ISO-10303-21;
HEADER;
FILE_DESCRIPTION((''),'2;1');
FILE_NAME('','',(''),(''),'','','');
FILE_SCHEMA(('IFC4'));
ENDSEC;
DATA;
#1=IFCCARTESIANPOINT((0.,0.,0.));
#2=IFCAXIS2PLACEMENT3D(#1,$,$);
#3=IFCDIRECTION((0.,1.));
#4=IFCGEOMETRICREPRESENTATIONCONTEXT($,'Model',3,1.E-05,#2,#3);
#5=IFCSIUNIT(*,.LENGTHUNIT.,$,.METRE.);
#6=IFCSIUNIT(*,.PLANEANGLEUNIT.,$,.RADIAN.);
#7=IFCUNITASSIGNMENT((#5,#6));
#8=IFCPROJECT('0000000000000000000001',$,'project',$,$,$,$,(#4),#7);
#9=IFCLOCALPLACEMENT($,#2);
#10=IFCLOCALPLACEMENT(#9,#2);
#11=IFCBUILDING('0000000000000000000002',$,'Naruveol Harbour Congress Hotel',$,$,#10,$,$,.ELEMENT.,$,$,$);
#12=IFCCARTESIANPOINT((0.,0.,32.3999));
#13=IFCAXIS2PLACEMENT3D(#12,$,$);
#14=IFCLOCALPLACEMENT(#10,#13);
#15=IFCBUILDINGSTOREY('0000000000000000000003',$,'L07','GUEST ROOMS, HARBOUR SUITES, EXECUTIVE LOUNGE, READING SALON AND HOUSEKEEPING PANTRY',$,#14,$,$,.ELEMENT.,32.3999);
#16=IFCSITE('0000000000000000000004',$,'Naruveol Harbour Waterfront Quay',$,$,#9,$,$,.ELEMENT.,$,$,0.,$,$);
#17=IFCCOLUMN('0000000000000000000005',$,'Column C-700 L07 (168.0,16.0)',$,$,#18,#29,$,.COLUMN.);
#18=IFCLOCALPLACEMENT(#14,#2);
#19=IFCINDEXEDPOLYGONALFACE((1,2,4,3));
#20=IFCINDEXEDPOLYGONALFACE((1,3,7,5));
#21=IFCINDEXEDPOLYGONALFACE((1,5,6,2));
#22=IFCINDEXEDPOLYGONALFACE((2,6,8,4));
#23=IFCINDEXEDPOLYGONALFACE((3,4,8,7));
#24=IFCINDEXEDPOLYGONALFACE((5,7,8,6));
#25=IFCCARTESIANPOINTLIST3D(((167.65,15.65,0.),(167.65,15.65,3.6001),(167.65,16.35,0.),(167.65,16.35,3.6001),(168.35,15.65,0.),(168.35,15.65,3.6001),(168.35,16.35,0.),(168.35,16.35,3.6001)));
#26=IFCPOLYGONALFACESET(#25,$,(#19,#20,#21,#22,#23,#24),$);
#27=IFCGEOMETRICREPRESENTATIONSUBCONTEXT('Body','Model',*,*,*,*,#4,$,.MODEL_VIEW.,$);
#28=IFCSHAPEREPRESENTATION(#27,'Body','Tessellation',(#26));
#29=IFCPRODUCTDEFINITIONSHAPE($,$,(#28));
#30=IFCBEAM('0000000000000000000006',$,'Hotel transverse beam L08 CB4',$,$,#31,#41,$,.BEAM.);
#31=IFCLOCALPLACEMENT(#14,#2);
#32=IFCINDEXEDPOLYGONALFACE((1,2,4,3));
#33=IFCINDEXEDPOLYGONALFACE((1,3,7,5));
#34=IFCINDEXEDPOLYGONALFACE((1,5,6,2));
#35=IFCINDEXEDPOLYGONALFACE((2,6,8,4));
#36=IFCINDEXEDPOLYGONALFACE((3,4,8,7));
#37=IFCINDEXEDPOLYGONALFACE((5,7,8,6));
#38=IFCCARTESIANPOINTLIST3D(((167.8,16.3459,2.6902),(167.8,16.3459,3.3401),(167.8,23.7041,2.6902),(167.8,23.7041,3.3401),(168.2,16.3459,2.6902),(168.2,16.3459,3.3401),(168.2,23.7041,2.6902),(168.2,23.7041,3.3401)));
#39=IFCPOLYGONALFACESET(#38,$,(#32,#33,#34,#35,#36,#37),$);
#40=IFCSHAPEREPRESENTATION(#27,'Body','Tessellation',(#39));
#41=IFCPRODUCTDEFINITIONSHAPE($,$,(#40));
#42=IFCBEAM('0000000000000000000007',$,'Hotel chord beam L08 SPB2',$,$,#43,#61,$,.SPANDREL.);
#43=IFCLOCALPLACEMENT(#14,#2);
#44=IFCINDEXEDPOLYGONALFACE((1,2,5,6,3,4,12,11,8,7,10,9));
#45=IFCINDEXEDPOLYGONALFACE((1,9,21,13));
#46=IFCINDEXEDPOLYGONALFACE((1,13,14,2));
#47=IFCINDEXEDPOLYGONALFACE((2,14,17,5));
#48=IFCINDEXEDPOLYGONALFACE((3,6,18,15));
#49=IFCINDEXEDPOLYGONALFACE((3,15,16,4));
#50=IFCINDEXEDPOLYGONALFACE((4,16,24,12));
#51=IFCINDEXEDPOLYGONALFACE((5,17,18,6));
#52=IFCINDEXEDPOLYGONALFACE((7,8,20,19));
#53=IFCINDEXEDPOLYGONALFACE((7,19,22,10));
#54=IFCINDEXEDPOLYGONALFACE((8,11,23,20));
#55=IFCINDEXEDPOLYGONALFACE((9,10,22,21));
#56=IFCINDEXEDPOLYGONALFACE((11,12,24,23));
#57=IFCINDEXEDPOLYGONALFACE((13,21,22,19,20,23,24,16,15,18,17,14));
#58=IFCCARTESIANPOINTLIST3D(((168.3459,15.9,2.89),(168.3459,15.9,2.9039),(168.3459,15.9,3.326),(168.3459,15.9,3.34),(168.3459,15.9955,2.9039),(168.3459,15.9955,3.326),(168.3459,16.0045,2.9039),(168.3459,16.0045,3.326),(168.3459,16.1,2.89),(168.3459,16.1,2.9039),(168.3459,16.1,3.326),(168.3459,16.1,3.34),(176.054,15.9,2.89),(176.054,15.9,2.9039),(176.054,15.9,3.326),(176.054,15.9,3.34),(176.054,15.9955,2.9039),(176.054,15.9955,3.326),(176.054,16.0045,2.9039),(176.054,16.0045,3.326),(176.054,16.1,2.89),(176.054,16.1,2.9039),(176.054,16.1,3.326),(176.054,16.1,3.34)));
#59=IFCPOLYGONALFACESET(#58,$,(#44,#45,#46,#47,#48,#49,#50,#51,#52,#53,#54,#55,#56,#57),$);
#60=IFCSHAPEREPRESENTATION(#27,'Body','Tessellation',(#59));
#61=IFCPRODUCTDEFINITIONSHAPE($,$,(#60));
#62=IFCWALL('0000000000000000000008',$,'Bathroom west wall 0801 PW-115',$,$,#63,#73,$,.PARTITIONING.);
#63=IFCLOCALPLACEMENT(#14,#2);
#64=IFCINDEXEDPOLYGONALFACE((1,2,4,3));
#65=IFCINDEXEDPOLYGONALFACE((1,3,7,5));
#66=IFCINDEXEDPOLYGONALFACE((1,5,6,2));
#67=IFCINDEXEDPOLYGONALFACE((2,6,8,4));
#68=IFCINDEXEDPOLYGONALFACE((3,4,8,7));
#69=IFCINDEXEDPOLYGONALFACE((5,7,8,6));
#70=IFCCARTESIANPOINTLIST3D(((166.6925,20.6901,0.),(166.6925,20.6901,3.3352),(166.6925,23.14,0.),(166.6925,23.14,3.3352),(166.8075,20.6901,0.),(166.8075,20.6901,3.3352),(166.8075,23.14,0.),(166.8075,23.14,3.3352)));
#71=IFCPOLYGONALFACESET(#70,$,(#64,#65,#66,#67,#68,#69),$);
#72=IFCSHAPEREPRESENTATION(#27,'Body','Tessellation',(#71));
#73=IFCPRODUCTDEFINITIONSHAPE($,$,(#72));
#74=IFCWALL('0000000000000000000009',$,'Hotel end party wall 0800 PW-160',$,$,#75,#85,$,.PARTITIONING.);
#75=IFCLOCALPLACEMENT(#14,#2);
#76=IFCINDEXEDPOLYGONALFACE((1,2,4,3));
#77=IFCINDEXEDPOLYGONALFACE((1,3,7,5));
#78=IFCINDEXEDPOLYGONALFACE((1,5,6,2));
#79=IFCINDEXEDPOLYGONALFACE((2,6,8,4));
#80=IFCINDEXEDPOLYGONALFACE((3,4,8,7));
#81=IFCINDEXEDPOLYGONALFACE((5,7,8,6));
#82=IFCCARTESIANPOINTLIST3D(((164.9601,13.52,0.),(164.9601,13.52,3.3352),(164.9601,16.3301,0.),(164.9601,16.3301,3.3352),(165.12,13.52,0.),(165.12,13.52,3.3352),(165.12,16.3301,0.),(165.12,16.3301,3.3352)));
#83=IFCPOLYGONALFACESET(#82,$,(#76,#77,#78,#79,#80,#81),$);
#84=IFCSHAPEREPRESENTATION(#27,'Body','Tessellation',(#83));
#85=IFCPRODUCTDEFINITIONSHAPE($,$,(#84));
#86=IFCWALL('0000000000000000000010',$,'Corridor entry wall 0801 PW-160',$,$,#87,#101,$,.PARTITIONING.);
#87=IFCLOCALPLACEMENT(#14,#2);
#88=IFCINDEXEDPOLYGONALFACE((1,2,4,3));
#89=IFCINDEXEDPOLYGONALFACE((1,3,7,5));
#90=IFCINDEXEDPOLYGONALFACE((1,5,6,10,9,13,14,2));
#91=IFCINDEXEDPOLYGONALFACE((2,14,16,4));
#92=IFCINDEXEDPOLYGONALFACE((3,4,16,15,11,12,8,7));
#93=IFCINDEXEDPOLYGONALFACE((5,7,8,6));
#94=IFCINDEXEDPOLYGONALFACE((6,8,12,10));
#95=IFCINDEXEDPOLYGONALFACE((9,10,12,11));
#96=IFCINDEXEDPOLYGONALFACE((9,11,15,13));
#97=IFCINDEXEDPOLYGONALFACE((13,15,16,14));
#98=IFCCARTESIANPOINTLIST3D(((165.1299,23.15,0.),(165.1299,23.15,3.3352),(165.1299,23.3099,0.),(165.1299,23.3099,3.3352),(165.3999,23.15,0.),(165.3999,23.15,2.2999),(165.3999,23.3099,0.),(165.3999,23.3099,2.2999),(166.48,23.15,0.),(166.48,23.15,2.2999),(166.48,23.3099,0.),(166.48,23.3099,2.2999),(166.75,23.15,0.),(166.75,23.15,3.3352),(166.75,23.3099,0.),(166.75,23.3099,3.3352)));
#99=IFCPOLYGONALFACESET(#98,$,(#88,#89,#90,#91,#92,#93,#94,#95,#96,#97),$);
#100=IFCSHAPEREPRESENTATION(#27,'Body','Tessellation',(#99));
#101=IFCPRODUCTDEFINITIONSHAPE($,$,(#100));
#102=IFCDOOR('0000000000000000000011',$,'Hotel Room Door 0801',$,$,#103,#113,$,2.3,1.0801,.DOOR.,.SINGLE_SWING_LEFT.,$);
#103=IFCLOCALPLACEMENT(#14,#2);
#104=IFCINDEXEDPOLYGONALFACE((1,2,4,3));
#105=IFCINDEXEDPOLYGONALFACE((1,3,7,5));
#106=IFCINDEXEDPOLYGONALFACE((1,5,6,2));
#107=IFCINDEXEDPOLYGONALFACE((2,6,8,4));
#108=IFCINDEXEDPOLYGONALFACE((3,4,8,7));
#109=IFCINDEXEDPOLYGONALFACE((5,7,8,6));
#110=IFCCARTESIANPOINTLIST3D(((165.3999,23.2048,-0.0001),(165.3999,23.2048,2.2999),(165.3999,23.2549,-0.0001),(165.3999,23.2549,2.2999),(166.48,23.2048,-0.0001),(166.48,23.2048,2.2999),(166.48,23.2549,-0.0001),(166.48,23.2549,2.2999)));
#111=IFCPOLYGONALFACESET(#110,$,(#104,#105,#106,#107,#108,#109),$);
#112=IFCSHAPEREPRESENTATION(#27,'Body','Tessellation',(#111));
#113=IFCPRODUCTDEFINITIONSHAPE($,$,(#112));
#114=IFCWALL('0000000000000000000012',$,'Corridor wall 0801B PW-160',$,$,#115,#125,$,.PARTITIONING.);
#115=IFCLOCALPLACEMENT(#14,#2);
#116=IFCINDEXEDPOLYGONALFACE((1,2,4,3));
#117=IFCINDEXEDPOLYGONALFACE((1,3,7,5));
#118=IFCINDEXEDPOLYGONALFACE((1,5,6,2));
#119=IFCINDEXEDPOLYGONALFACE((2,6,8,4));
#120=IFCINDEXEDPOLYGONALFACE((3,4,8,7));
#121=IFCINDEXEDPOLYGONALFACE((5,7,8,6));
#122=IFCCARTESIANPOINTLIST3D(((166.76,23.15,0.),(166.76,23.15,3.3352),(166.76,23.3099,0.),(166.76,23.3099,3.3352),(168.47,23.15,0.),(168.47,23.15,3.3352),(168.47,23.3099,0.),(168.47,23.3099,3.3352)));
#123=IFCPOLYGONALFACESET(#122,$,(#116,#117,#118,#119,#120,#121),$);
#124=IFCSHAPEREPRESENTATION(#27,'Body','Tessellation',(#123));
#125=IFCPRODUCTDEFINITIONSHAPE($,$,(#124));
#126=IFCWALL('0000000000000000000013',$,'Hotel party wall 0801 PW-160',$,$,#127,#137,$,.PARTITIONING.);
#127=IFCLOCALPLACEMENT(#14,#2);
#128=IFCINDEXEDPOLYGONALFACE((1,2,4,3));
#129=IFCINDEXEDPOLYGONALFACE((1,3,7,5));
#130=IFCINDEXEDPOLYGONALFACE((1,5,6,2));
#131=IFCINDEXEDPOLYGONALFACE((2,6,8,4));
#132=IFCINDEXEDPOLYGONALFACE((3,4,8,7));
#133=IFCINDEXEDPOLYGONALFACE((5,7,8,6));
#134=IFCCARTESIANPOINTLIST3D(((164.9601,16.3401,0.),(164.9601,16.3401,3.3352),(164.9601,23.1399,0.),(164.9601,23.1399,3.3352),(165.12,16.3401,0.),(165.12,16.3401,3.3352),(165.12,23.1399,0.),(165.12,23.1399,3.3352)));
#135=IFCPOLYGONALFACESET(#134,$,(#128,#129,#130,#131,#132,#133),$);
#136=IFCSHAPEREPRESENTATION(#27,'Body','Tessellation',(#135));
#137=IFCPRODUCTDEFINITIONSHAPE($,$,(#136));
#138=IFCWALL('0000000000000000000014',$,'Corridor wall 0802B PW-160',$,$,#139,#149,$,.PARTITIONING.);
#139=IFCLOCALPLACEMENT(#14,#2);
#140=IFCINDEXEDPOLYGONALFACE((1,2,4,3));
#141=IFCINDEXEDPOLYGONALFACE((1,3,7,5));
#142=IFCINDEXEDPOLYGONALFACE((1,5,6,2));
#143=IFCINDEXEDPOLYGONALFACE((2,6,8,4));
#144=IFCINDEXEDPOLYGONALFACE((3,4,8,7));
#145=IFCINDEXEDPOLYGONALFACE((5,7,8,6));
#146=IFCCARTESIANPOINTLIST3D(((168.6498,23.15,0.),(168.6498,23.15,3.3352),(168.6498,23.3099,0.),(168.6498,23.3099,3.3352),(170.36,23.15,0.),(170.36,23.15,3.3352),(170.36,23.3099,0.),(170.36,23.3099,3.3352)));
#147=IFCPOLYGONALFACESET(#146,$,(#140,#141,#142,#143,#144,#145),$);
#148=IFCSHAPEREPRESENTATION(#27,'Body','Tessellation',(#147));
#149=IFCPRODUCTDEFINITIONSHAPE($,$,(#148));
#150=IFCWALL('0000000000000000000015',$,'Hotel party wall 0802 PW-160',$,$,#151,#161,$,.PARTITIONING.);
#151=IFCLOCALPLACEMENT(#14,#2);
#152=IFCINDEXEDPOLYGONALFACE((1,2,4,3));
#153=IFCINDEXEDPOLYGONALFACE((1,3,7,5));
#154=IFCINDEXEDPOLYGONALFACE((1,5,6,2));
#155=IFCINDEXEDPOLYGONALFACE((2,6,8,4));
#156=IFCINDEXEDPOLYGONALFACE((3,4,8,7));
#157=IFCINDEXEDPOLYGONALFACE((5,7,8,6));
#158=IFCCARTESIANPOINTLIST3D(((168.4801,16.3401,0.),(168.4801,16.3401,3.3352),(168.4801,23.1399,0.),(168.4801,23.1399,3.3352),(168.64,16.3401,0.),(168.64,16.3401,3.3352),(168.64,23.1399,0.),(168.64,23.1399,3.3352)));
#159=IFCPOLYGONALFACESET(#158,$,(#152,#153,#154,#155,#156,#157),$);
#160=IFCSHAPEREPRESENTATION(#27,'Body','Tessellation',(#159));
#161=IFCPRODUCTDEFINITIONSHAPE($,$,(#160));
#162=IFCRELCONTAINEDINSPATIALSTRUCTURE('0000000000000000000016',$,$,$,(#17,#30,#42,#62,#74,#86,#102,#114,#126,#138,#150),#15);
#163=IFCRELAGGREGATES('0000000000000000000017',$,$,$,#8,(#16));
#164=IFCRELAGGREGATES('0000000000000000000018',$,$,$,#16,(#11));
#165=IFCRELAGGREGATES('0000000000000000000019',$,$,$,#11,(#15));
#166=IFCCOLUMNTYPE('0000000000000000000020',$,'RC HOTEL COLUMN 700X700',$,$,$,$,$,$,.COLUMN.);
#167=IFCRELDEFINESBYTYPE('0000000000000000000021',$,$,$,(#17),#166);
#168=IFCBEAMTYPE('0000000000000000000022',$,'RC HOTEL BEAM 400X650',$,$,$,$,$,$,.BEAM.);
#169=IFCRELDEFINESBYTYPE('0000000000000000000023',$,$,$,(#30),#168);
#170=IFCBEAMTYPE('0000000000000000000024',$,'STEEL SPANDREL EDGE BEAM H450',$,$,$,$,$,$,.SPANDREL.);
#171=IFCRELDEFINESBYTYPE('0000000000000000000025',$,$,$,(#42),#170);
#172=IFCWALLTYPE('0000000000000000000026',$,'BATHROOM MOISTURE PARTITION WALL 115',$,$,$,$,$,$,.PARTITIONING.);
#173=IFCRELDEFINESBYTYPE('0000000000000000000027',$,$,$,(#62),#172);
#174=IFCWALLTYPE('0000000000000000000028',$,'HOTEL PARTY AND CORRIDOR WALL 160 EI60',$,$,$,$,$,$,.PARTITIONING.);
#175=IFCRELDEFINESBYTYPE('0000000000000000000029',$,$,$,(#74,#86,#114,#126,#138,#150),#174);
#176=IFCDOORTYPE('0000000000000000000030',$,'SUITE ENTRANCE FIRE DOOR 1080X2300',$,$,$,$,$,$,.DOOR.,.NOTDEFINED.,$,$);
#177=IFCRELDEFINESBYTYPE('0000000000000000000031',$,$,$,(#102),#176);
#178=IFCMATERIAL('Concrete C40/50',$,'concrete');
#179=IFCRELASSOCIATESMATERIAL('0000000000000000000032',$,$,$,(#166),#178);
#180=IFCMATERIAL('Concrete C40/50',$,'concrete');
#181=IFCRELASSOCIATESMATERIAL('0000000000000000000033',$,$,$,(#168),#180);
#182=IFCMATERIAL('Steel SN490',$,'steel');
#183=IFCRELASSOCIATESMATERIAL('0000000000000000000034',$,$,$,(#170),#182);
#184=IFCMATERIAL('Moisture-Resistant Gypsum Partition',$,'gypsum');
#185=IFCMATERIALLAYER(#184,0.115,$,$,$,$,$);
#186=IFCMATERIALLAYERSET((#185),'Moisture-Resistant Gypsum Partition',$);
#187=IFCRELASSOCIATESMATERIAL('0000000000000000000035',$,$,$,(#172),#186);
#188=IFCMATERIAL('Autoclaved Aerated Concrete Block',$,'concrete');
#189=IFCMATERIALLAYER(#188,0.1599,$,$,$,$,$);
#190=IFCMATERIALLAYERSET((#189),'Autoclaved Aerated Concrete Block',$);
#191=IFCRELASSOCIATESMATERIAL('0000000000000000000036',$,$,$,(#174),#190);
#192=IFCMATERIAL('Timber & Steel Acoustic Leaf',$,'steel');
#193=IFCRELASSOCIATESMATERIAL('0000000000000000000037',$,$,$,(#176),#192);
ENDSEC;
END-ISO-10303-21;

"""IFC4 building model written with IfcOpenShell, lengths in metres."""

from ifc_helpers import new_model, si_unit, direction, frame, frame_2d, origin, origin_2d, place, context, subcontext, project, spatial, rectangle, i_section, extrude, material, layer, layer_set, material_profile, profile_set, type_object, element, fill, save


model = new_model("IFC4")

# Units and contexts
model_context = context("Model", 3, precision=1e-05, world=origin(), true_north=direction((0.0, 1.0)))
body_context = subcontext(model_context, "Body", "Model", "MODEL_VIEW")
ifc_project = project(units=[si_unit("LENGTHUNIT", "METRE"), si_unit("PLANEANGLEUNIT", "RADIAN")], contexts=[model_context])

# Site, building, storey
site_placement = place(None, origin())
site = spatial("IfcSite", under=ifc_project, at=site_placement, Name="Naruveol Harbour Waterfront Quay", CompositionType="ELEMENT", RefElevation=0.0)
building_placement = place(site_placement, origin())
building = spatial("IfcBuilding", under=site, at=building_placement, Name="Naruveol Harbour Congress Hotel", CompositionType="ELEMENT")
storey_placement = place(building_placement, frame((0.0, 0.0, 32.3999)))
storey = spatial("IfcBuildingStorey", under=building, at=storey_placement, Name="L07", Description="GUEST ROOMS, HARBOUR SUITES, EXECUTIVE LOUNGE, READING SALON AND HOUSEKEEPING PANTRY", CompositionType="ELEMENT", Elevation=32.3999)

# Column
ifc_material_1 = material(Name="Concrete C40/50", Category="concrete")
ifc_material_profile_1 = material_profile(ifc_material_1, rectangle(XDim=0.7, YDim=0.7, at=origin_2d()), Name="RC-700x700")
ifc_profile_set_1 = profile_set([ifc_material_profile_1], Name="Concrete C40/50")
column_type = type_object("IfcColumnType", Name="RC HOTEL COLUMN 700X700", PredefinedType="COLUMN", material=ifc_profile_set_1)
column_placement = place(storey_placement, frame((168.0, 16.0, 0.0), z_axis=(0.0, 0.0, 1.0), x_axis=(1.0, 0.0, 0.0)))
element("IfcColumn", 1, at=column_placement, inside=storey, type_object=column_type, Name="Column C-700 L07 (168.0,16.0)", PredefinedType="COLUMN", context=body_context, shape_type="SweptSolid", body=[
    extrude(rectangle(XDim=0.7, YDim=0.7, at=origin_2d()), origin(), (0.0, 0.0, 1.0), 3.6001),
])

# Beams
ifc_material_2 = material(Name="Concrete C40/50", Category="concrete")
ifc_material_profile_2 = material_profile(ifc_material_2, rectangle(XDim=0.3999, YDim=0.6499, at=origin_2d()), Name="RCB-400x650")
ifc_profile_set_2 = profile_set([ifc_material_profile_2], Name="Concrete C40/50")
beam_type_1 = type_object("IfcBeamType", Name="RC HOTEL BEAM 400X650", PredefinedType="BEAM", material=ifc_profile_set_2)
beam_1_placement = place(storey_placement, frame((168.0, 16.3459, 3.0151), z_axis=(0.0, 1.0, 0.0), x_axis=(-1.0, 0.0, 0.0)))
element("IfcBeam", 2, at=beam_1_placement, inside=storey, type_object=beam_type_1, Name="Hotel transverse beam L08 CB4", PredefinedType="BEAM", context=body_context, shape_type="SweptSolid", body=[
    extrude(rectangle(XDim=0.3999, YDim=0.6499, at=origin_2d()), origin(), (0.0, 0.0, 1.0), 7.3582),
])
ifc_material_3 = material(Name="Steel SN490", Category="steel")
ifc_material_profile_3 = material_profile(ifc_material_3, i_section(OverallWidth=0.2, OverallDepth=0.45, WebThickness=0.009, FlangeThickness=0.0139, at=origin_2d()), Name="H-450x200x9x14")
ifc_profile_set_3 = profile_set([ifc_material_profile_3], Name="Steel SN490")
beam_type_2 = type_object("IfcBeamType", Name="STEEL SPANDREL EDGE BEAM H450", PredefinedType="SPANDREL", material=ifc_profile_set_3)
beam_2_placement = place(storey_placement, frame((168.3459, 16.0, 3.115), z_axis=(1.0, 0.0, 0.0), x_axis=(0.0, 1.0, 0.0)))
element("IfcBeam", 3, at=beam_2_placement, inside=storey, type_object=beam_type_2, Name="Hotel chord beam L08 SPB2", PredefinedType="SPANDREL", context=body_context, shape_type="SweptSolid", body=[
    extrude(i_section(OverallWidth=0.2, OverallDepth=0.45, WebThickness=0.009, FlangeThickness=0.0139, at=origin_2d()), origin(), (0.0, 0.0, 1.0), 7.708),
])

# Shared definitions
ifc_material_4 = material(Name="Moisture-Resistant Gypsum Partition", Category="gypsum")
ifc_layer_1 = layer(ifc_material_4, 0.115)
ifc_layer_set_1 = layer_set([ifc_layer_1], Name="Moisture-Resistant Gypsum Partition")
wall_type_1 = type_object("IfcWallType", Name="BATHROOM MOISTURE PARTITION WALL 115", PredefinedType="PARTITIONING", material=ifc_layer_set_1)

# Wall
wall_1_placement = place(storey_placement, frame((166.75, 20.6899, 0.0), z_axis=(0.0, 0.0, 1.0), x_axis=(0.0, 1.0, 0.0)))
element("IfcWall", 4, at=wall_1_placement, inside=storey, type_object=wall_type_1, Name="Bathroom west wall 0801 PW-115", PredefinedType="PARTITIONING", context=body_context, shape_type="SweptSolid", body=[
    extrude(rectangle(XDim=2.45, YDim=0.115, at=frame_2d((1.2251, 0.0))), origin(), (0.0, 0.0, 1.0), 3.3352),
])

# Wall
ifc_material_5 = material(Name="Autoclaved Aerated Concrete Block", Category="concrete")
ifc_layer_2 = layer(ifc_material_5, 0.1599)
ifc_layer_set_2 = layer_set([ifc_layer_2], Name="Autoclaved Aerated Concrete Block")
wall_type_2 = type_object("IfcWallType", Name="HOTEL PARTY AND CORRIDOR WALL 160 EI60", PredefinedType="PARTITIONING", material=ifc_layer_set_2)
wall_2_placement = place(storey_placement, frame((165.04, 13.52, 0.0), z_axis=(0.0, 0.0, 1.0), x_axis=(0.0, 1.0, 0.0)))
element("IfcWall", 5, at=wall_2_placement, inside=storey, type_object=wall_type_2, Name="Hotel end party wall 0800 PW-160", PredefinedType="PARTITIONING", context=body_context, shape_type="SweptSolid", body=[
    extrude(rectangle(XDim=2.8101, YDim=0.1599, at=frame_2d((1.405, 0.0))), origin(), (0.0, 0.0, 1.0), 3.3352),
])

# Wall, opening, door
wall_3_placement = place(storey_placement, frame((165.1299, 23.23, 0.0), z_axis=(0.0, 0.0, 1.0), x_axis=(1.0, 0.0, 0.0)))
wall_3 = element("IfcWall", 6, at=wall_3_placement, inside=storey, type_object=wall_type_2, Name="Corridor entry wall 0801 PW-160", PredefinedType="PARTITIONING", context=body_context, shape_type="SweptSolid", body=[
    extrude(rectangle(XDim=1.6201, YDim=0.1599, at=frame_2d((0.8101, 0.0))), origin(), (0.0, 0.0, 1.0), 3.3352),
])
opening_1_placement = place(wall_3_placement, frame((0.27, 0.0, 0.0)))
opening_1 = element("IfcOpeningElement", 7, at=opening_1_placement, cuts=wall_3, PredefinedType="OPENING", context=body_context, shape_type="SweptSolid", body=[
    extrude(rectangle(XDim=1.0801, YDim=2.3, at=frame_2d((0.54, 1.1499))), frame((0.0, 0.0898, 0.0), z_axis=(0.0, -1.0, 0.0), x_axis=(1.0, 0.0, 0.0)), (0.0, 0.0, 1.0), 0.1799),
])
ifc_material_6 = material(Name="Timber & Steel Acoustic Leaf", Category="steel")
door_type_1 = type_object("IfcDoorType", Name="SUITE ENTRANCE FIRE DOOR 1080X2300", OperationType="NOTDEFINED", PredefinedType="DOOR", material=ifc_material_6)
door_1_placement = place(opening_1_placement, origin())
door_1 = element("IfcDoor", 8, at=door_1_placement, inside=storey, type_object=door_type_1, Name="Hotel Room Door 0801", OperationType="SINGLE_SWING_LEFT", OverallHeight=2.3, OverallWidth=1.0801, PredefinedType="DOOR", context=body_context, shape_type="SweptSolid", body=[
    extrude(rectangle(XDim=1.0801, YDim=2.3, at=frame_2d((0.54, 1.1499))), frame((0.0, 0.0249, 0.0), z_axis=(0.0, -1.0, 0.0), x_axis=(1.0, 0.0, 0.0)), (0.0, 0.0, 1.0), 0.05),
])
fill(opening_1, door_1)

# Walls
wall_4_placement = place(storey_placement, frame((166.76, 23.23, 0.0), z_axis=(0.0, 0.0, 1.0), x_axis=(1.0, 0.0, 0.0)))
element("IfcWall", 9, at=wall_4_placement, inside=storey, type_object=wall_type_2, Name="Corridor wall 0801B PW-160", PredefinedType="PARTITIONING", context=body_context, shape_type="SweptSolid", body=[
    extrude(rectangle(XDim=1.71, YDim=0.1599, at=frame_2d((0.855, 0.0))), origin(), (0.0, 0.0, 1.0), 3.3352),
])
wall_5_placement = place(storey_placement, frame((165.04, 16.3401, 0.0), z_axis=(0.0, 0.0, 1.0), x_axis=(0.0, 1.0, 0.0)))
element("IfcWall", 10, at=wall_5_placement, inside=storey, type_object=wall_type_2, Name="Hotel party wall 0801 PW-160", PredefinedType="PARTITIONING", context=body_context, shape_type="SweptSolid", body=[
    extrude(rectangle(XDim=6.7998, YDim=0.1599, at=frame_2d((3.3999, 0.0))), origin(), (0.0, 0.0, 1.0), 3.3352),
])
wall_6_placement = place(storey_placement, frame((168.6499, 23.23, 0.0), z_axis=(0.0, 0.0, 1.0), x_axis=(1.0, 0.0, 0.0)))
element("IfcWall", 11, at=wall_6_placement, inside=storey, type_object=wall_type_2, Name="Corridor wall 0802B PW-160", PredefinedType="PARTITIONING", context=body_context, shape_type="SweptSolid", body=[
    extrude(rectangle(XDim=1.7102, YDim=0.1599, at=frame_2d((0.855, 0.0))), origin(), (0.0, 0.0, 1.0), 3.3352),
])
wall_7_placement = place(storey_placement, frame((168.5601, 16.3401, 0.0), z_axis=(0.0, 0.0, 1.0), x_axis=(0.0, 1.0, 0.0)))
element("IfcWall", 12, at=wall_7_placement, inside=storey, type_object=wall_type_2, Name="Hotel party wall 0802 PW-160", PredefinedType="PARTITIONING", context=body_context, shape_type="SweptSolid", body=[
    extrude(rectangle(XDim=6.7998, YDim=0.1599, at=frame_2d((3.3999, 0.0))), origin(), (0.0, 0.0, 1.0), 3.3352),
])

save(model, "model.ifc")
